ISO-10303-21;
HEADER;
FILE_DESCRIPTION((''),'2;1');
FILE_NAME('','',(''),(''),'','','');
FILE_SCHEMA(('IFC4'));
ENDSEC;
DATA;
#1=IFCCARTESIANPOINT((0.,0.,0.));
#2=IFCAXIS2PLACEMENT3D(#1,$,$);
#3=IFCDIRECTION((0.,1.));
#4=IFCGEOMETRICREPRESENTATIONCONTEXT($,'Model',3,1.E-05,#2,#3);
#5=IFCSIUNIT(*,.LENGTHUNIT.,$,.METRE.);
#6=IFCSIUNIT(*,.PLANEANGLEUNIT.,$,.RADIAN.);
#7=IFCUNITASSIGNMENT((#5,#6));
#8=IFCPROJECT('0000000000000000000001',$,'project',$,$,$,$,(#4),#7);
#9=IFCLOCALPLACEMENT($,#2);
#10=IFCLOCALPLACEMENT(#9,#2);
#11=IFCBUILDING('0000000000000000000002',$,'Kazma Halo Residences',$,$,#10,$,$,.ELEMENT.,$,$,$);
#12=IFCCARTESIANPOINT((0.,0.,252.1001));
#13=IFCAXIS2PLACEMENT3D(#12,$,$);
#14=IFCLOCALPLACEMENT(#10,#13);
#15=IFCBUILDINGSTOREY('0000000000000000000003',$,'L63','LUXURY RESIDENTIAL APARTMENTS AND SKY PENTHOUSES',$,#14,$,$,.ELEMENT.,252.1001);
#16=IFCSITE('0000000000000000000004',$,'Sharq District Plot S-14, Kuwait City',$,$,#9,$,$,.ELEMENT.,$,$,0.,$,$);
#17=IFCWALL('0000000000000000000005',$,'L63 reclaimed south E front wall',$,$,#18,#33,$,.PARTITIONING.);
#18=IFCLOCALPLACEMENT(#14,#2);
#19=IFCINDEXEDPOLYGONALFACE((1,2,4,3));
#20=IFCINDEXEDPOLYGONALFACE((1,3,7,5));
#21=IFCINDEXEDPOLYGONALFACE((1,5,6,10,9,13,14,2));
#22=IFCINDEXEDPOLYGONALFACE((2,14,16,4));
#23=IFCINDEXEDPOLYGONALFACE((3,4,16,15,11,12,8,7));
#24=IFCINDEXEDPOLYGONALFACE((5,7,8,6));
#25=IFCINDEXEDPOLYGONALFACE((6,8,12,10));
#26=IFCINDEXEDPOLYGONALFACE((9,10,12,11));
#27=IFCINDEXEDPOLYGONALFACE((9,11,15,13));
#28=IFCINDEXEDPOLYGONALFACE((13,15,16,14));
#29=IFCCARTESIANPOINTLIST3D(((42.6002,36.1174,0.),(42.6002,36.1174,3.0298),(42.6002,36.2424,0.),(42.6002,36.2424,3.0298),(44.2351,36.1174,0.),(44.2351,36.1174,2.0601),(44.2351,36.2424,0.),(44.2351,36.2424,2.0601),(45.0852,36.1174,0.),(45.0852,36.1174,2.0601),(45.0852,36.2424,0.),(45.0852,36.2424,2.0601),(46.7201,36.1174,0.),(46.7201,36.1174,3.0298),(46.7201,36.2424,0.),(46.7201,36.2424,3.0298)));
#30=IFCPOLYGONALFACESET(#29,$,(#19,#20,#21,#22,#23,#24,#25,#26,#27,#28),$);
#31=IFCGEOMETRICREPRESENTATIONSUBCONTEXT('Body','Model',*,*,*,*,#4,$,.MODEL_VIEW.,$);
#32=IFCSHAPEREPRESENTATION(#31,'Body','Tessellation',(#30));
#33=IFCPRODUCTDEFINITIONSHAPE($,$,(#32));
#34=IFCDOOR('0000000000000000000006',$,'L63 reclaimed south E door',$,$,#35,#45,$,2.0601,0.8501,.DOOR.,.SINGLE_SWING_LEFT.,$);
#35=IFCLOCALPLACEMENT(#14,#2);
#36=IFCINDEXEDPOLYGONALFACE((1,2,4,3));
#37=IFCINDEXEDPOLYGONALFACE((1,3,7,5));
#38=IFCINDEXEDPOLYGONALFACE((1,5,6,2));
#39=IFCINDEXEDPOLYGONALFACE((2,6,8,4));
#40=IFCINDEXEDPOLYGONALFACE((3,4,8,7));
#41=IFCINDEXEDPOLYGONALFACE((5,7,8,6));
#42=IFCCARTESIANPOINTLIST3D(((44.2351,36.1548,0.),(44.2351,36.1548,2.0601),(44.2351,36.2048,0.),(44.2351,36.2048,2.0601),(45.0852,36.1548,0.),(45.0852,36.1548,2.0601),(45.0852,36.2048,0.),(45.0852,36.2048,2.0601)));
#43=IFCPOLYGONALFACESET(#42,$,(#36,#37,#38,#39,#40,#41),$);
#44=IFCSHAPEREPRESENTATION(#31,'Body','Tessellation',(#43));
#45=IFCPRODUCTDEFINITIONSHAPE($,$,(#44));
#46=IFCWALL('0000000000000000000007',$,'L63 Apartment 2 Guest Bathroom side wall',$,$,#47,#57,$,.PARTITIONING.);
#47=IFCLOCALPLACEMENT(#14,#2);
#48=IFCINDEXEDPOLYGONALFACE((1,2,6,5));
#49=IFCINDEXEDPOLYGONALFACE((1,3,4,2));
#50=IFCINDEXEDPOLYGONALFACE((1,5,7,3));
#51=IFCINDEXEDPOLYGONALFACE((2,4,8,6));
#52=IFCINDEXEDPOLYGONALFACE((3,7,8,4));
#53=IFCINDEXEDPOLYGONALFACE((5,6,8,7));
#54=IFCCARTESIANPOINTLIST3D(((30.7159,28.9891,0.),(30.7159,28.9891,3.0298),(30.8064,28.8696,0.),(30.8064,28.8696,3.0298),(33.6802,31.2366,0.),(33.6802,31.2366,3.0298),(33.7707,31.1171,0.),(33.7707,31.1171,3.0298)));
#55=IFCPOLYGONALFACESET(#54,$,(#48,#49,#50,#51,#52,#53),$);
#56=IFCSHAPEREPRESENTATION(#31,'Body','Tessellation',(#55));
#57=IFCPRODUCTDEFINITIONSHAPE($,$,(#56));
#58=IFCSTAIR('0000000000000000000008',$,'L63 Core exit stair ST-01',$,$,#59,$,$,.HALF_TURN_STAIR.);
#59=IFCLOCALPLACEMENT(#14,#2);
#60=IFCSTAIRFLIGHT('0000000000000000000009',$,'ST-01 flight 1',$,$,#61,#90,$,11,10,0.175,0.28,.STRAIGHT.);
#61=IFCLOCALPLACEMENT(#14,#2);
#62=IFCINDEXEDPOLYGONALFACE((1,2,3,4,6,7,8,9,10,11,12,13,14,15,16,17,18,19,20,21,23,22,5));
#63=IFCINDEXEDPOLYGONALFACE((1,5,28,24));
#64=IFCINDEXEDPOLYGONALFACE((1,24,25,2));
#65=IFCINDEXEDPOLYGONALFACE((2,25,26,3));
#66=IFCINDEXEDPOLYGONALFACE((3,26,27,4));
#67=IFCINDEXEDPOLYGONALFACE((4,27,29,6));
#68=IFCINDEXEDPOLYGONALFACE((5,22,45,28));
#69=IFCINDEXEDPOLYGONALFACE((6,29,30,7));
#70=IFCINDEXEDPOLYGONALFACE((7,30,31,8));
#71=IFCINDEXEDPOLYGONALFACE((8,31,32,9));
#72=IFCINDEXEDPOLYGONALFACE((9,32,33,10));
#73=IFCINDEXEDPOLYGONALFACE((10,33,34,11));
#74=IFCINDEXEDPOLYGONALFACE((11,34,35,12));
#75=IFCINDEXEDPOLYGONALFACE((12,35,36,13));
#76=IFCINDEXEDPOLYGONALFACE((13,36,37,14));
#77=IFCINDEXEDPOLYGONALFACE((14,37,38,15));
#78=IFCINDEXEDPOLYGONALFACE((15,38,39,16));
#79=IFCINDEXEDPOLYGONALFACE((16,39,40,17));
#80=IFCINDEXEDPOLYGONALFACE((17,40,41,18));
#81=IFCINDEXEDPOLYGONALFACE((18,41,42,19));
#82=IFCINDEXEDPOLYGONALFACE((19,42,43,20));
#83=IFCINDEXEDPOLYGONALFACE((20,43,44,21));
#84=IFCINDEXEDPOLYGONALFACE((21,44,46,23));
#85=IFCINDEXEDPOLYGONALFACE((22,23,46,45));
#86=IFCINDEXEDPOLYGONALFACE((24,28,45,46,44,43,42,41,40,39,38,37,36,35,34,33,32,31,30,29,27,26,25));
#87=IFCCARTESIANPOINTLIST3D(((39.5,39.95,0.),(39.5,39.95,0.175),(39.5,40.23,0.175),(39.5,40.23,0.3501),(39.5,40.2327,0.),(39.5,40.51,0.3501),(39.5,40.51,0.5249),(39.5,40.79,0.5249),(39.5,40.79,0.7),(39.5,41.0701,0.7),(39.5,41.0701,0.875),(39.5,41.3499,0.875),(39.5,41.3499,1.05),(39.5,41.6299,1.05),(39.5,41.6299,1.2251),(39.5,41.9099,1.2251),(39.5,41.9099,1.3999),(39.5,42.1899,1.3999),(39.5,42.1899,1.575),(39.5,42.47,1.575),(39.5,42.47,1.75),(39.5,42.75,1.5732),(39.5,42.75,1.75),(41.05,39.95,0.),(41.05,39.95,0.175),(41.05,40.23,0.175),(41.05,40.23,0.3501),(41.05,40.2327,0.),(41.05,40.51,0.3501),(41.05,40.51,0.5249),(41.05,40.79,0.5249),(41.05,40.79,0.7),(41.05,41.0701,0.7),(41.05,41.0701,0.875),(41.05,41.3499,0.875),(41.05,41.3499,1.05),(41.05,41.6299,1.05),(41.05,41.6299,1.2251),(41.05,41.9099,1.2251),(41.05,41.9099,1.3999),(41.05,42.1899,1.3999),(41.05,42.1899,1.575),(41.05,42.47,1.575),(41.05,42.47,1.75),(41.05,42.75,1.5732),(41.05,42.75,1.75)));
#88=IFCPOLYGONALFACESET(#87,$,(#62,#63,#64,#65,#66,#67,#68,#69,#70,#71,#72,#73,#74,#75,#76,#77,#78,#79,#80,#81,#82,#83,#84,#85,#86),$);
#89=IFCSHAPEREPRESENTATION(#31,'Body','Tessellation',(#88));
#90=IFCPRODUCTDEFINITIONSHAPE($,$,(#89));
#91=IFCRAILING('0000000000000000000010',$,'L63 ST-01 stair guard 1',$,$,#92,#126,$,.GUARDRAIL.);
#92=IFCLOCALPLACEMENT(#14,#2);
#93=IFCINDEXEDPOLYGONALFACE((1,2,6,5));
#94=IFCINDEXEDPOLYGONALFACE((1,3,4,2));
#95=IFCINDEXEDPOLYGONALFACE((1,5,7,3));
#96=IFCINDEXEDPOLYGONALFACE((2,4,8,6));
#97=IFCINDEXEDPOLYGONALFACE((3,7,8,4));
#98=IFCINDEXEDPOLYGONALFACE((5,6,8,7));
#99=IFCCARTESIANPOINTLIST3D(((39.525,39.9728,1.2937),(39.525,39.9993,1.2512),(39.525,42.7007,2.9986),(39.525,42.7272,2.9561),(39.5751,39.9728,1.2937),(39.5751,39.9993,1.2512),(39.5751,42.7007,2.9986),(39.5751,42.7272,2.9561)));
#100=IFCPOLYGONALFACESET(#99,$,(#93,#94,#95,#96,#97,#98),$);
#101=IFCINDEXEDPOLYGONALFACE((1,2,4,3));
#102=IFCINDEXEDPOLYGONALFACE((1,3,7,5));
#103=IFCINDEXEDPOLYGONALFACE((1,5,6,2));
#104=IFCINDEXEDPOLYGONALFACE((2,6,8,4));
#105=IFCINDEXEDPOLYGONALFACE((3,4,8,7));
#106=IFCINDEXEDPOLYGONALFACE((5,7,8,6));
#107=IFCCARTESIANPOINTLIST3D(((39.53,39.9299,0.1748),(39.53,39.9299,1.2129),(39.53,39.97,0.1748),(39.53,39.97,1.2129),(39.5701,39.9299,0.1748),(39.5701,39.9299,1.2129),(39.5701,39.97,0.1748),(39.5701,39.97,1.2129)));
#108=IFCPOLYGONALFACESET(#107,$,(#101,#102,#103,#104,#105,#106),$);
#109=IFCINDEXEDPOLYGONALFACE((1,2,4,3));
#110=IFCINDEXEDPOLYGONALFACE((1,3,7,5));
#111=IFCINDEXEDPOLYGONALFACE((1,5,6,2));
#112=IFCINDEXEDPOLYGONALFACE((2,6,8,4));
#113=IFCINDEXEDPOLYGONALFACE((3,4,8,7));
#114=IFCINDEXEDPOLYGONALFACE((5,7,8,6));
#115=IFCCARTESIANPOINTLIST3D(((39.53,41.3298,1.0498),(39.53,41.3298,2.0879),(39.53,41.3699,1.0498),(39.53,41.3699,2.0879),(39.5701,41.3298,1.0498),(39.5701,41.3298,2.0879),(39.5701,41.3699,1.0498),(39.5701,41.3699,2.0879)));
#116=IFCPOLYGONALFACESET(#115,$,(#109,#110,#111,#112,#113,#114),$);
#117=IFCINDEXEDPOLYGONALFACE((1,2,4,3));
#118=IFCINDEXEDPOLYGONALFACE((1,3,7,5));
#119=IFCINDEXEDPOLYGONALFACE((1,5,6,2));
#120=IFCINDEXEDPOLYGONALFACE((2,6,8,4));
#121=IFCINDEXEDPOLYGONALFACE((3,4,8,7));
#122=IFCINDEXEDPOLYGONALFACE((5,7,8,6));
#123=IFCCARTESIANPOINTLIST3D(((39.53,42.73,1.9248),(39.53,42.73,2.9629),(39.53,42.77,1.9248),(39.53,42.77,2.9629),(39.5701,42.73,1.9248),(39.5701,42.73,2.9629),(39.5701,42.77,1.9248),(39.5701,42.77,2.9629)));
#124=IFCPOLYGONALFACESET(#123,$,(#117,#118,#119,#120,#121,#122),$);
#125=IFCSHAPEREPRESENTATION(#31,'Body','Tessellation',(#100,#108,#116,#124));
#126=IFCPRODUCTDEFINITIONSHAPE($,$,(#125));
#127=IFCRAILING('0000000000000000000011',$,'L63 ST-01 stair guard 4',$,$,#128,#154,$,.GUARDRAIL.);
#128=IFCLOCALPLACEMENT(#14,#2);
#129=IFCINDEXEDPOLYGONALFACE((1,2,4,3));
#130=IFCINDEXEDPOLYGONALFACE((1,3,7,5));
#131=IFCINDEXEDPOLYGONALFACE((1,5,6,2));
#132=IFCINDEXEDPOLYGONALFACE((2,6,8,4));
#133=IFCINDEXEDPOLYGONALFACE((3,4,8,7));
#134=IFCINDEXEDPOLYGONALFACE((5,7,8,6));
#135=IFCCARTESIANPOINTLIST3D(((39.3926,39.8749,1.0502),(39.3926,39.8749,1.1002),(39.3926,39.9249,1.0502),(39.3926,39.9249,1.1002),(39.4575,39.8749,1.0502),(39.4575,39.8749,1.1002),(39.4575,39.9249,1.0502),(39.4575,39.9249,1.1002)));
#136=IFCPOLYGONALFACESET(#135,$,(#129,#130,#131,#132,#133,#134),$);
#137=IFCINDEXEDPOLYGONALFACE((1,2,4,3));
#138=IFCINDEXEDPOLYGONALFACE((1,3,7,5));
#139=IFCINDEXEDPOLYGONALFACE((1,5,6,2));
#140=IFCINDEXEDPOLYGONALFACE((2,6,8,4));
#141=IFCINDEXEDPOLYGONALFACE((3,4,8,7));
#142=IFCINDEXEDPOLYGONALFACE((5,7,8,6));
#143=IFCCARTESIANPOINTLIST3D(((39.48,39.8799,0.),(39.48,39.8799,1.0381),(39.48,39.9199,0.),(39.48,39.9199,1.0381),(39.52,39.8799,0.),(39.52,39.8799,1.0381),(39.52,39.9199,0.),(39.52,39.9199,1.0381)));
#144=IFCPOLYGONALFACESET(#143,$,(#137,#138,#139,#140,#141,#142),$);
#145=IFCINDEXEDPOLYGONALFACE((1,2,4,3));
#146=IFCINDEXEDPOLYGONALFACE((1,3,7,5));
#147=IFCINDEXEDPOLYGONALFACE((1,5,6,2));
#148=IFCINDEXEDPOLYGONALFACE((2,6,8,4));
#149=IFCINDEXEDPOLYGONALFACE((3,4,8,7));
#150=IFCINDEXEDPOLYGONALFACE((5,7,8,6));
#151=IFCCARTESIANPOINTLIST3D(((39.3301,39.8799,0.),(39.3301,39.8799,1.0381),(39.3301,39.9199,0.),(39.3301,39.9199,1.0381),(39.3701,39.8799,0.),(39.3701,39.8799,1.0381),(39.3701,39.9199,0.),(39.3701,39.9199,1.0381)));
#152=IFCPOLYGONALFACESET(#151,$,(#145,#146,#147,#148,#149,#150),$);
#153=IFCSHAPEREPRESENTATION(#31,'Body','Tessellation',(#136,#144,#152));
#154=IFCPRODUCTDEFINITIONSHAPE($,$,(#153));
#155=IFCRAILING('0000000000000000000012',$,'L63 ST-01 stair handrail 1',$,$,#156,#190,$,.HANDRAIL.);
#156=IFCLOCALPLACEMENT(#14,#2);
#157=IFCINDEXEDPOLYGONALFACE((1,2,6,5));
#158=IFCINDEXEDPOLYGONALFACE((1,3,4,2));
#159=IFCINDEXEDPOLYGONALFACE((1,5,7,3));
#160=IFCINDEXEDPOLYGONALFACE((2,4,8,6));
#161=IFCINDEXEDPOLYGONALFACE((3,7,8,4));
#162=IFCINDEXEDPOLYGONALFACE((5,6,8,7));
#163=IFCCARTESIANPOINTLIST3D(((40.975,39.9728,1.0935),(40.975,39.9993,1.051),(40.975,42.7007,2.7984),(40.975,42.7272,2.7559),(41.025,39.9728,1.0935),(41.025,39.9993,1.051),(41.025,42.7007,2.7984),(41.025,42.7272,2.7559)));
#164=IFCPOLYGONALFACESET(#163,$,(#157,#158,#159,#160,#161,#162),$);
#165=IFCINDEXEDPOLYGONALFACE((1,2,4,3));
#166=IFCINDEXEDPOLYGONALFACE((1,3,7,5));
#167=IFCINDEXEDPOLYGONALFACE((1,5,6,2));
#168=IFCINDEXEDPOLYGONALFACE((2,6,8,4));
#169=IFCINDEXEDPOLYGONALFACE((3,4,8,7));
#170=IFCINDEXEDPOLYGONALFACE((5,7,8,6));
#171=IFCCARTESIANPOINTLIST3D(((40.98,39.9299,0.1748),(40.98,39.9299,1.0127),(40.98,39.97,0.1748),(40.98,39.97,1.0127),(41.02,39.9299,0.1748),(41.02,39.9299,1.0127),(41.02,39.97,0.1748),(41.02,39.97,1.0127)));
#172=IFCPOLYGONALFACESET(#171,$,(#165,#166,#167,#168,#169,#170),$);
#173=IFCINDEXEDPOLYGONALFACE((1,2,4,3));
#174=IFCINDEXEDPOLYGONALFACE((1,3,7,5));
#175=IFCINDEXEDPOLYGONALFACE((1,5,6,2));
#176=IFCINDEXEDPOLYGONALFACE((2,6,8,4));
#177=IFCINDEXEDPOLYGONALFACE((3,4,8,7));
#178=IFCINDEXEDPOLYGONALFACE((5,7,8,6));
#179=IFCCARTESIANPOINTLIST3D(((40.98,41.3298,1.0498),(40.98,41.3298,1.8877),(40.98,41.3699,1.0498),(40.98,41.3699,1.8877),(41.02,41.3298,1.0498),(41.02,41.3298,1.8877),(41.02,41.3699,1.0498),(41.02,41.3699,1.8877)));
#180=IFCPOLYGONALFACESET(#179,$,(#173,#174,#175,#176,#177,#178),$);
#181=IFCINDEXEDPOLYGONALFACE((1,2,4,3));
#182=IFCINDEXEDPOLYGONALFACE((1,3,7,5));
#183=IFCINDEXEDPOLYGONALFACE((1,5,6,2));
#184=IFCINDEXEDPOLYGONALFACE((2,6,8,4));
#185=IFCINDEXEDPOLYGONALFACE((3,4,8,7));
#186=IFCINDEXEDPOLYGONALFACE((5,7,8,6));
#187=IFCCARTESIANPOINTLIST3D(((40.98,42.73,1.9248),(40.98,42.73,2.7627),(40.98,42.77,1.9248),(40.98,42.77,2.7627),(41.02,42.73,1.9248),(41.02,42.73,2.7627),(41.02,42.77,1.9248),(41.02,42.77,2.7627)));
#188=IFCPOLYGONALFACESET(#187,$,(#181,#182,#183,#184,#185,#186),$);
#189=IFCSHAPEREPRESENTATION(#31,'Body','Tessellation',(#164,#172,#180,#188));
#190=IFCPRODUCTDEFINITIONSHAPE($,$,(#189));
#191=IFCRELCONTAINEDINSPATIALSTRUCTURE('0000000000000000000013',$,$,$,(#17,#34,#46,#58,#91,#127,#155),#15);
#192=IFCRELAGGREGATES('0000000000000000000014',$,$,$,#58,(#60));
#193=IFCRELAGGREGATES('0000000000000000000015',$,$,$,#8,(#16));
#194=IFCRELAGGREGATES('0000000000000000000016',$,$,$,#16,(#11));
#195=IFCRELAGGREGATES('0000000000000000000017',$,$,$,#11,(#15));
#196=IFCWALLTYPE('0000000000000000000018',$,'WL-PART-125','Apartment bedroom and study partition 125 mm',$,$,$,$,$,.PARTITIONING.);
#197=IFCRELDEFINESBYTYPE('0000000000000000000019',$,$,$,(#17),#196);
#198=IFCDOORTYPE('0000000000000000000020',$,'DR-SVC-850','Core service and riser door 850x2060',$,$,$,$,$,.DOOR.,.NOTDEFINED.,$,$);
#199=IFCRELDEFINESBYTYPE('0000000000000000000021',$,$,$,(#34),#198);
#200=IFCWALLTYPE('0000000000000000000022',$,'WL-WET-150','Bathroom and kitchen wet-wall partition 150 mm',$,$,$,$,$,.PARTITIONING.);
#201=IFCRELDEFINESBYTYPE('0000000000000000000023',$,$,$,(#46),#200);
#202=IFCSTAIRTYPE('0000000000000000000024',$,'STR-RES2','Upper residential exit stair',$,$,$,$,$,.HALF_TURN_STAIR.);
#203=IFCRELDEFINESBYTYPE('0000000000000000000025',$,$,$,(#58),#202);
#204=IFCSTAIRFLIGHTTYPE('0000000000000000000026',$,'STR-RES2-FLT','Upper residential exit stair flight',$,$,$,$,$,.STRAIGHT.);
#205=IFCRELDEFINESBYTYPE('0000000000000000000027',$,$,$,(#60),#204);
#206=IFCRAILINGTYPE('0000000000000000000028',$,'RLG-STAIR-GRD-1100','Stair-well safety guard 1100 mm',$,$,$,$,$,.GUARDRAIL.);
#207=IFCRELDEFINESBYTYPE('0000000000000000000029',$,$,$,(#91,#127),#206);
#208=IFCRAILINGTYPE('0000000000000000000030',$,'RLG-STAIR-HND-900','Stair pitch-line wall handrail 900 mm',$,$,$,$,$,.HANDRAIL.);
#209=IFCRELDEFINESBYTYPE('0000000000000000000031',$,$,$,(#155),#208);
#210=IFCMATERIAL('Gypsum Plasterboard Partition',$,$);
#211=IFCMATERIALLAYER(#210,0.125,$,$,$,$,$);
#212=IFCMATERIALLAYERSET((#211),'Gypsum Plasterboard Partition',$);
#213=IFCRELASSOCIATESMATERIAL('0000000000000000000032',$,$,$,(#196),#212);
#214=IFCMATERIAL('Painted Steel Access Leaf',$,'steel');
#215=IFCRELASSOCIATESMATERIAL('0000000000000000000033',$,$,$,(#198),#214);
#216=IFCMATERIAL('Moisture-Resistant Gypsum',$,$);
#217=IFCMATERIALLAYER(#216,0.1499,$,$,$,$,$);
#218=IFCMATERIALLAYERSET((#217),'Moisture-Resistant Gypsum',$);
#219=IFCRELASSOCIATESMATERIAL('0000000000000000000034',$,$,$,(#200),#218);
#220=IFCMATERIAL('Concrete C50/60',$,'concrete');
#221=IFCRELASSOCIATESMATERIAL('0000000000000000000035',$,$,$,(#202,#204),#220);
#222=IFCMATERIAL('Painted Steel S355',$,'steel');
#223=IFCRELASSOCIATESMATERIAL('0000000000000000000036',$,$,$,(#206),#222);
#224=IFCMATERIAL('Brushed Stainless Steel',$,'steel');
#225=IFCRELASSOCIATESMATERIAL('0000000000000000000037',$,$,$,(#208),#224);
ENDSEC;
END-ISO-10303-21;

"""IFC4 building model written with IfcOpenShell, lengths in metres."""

from ifc_helpers import new_model, si_unit, direction, frame, frame_2d, origin, origin_2d, place, context, subcontext, project, spatial, polyline, rectangle, outline, extrude, material, layer, layer_set, type_object, element, fill, aggregate, save


model = new_model("IFC4")

# Units and contexts
model_context = context("Model", 3, precision=1e-05, world=origin(), true_north=direction((0.0, 1.0)))
body_context = subcontext(model_context, "Body", "Model", "MODEL_VIEW")
ifc_project = project(units=[si_unit("LENGTHUNIT", "METRE"), si_unit("PLANEANGLEUNIT", "RADIAN")], contexts=[model_context])

# Site, building, storey
site_placement = place(None, origin())
site = spatial("IfcSite", under=ifc_project, at=site_placement, Name="Sharq District Plot S-14, Kuwait City", CompositionType="ELEMENT", RefElevation=0.0)
building_placement = place(site_placement, origin())
building = spatial("IfcBuilding", under=site, at=building_placement, Name="Kazma Halo Residences", CompositionType="ELEMENT")
storey_placement = place(building_placement, frame((0.0, 0.0, 252.1001)))
storey = spatial("IfcBuildingStorey", under=building, at=storey_placement, Name="L63", Description="LUXURY RESIDENTIAL APARTMENTS AND SKY PENTHOUSES", CompositionType="ELEMENT", Elevation=252.1001)

# Shared definitions
ifc_material_1 = material(Name="Gypsum Plasterboard Partition")
ifc_layer_1 = layer(ifc_material_1, 0.125)
ifc_layer_set_1 = layer_set([ifc_layer_1], Name="Gypsum Plasterboard Partition")
wall_type_1 = type_object("IfcWallType", Name="WL-PART-125", Description="Apartment bedroom and study partition 125 mm", PredefinedType="PARTITIONING", material=ifc_layer_set_1)

# Wall, opening, door
ifc_material_2 = material(Name="Painted Steel Access Leaf", Category="steel")
door_type_1 = type_object("IfcDoorType", Name="DR-SVC-850", Description="Core service and riser door 850x2060", OperationType="NOTDEFINED", PredefinedType="DOOR", material=ifc_material_2)
wall_1_placement = place(storey_placement, frame((42.6001, 36.1799, 0.0), z_axis=(0.0, 0.0, 1.0), x_axis=(1.0, 0.0, 0.0)))
wall_1 = element("IfcWall", 1, at=wall_1_placement, inside=storey, type_object=wall_type_1, Name="L63 reclaimed south E front wall", PredefinedType="PARTITIONING", context=body_context, shape_type="SweptSolid", body=[
    extrude(rectangle(XDim=4.1199, YDim=0.125, at=frame_2d((2.0601, 0.0))), origin(), (0.0, 0.0, 1.0), 3.0298),
])
opening_1_placement = place(wall_1_placement, frame((1.635, 0.0, 0.0)))
opening_1 = element("IfcOpeningElement", 2, at=opening_1_placement, cuts=wall_1, PredefinedType="OPENING", context=body_context, shape_type="SweptSolid", body=[
    extrude(rectangle(XDim=0.8501, YDim=2.0601, at=frame_2d((0.425, 1.03))), frame((0.0, 0.0725, 0.0), z_axis=(0.0, -1.0, 0.0), x_axis=(1.0, 0.0, 0.0)), (0.0, 0.0, 1.0), 0.145),
])
door_1_placement = place(opening_1_placement, origin())
door_1 = element("IfcDoor", 3, at=door_1_placement, inside=storey, type_object=door_type_1, Name="L63 reclaimed south E door", OperationType="SINGLE_SWING_LEFT", OverallHeight=2.0601, OverallWidth=0.8501, PredefinedType="DOOR", context=body_context, shape_type="SweptSolid", body=[
    extrude(rectangle(XDim=0.8501, YDim=2.0601, at=frame_2d((0.425, 1.03))), frame((0.0, 0.0249, 0.0), z_axis=(0.0, -1.0, 0.0), x_axis=(1.0, 0.0, 0.0)), (0.0, 0.0, 1.0), 0.05),
])
fill(opening_1, door_1)
ifc_material_3 = material(Name="Concrete C50/60", Category="concrete")

# Wall
ifc_material_4 = material(Name="Moisture-Resistant Gypsum")
ifc_layer_2 = layer(ifc_material_4, 0.1499)
ifc_layer_set_2 = layer_set([ifc_layer_2], Name="Moisture-Resistant Gypsum")
wall_type_2 = type_object("IfcWallType", Name="WL-WET-150", Description="Bathroom and kitchen wet-wall partition 150 mm", PredefinedType="PARTITIONING", material=ifc_layer_set_2)
wall_2_placement = place(storey_placement, frame((33.7253, 31.1768, 0.0), z_axis=(0.0, 0.0, 1.0), x_axis=(-0.796855, -0.604171, 0.0)))
element("IfcWall", 4, at=wall_2_placement, inside=storey, type_object=wall_type_2, Name="L63 Apartment 2 Guest Bathroom side wall", PredefinedType="PARTITIONING", context=body_context, shape_type="SweptSolid", body=[
    extrude(rectangle(XDim=3.72, YDim=0.1499, at=frame_2d((1.8599, 0.0))), origin(), (0.0, 0.0, 1.0), 3.0298),
])

# Stair, stair flight
stair_type = type_object("IfcStairType", Name="STR-RES2", Description="Upper residential exit stair", PredefinedType="HALF_TURN_STAIR", material=ifc_material_3)
stair_placement = place(storey_placement, origin())
stair = element("IfcStair", 5, at=stair_placement, inside=storey, type_object=stair_type, Name="L63 Core exit stair ST-01", PredefinedType="HALF_TURN_STAIR")
stair_flight_type = type_object("IfcStairFlightType", Name="STR-RES2-FLT", Description="Upper residential exit stair flight", PredefinedType="STRAIGHT", material=ifc_material_3)
stair_flight_placement = place(storey_placement, frame((40.2749, 39.95, 0.0), z_axis=(0.0, 0.0, 1.0), x_axis=(0.0, 1.0, 0.0)))
stair_flight = element("IfcStairFlight", 6, at=stair_flight_placement, type_object=stair_flight_type, Name="ST-01 flight 1", NumberOfRisers=11, NumberOfTreads=10, PredefinedType="STRAIGHT", RiserHeight=0.175, TreadLength=0.28, context=body_context, shape_type="SweptSolid", body=[
    extrude(outline(polyline([(0.0, 0.0), (0.0, 0.175), (0.28, 0.175), (0.28, 0.3501), (0.5601, 0.3501), (0.5601, 0.5249), (0.8401, 0.5249), (0.8401, 0.7), (1.1201, 0.7), (1.1201, 0.875), (1.3999, 0.875), (1.3999, 1.05), (1.6799, 1.05), (1.6799, 1.2251), (1.96, 1.2251), (1.96, 1.3999), (2.24, 1.3999), (2.24, 1.575), (2.52, 1.575), (2.52, 1.75), (2.8, 1.75), (2.8, 1.925), (2.8, 1.5732), (0.2827, 0.0), (0.0, 0.0)])), frame((0.0, 0.7749, 0.0), z_axis=(0.0, -1.0, 0.0), x_axis=(1.0, 0.0, 0.0)), (0.0, 0.0, 1.0), 1.55),
])
aggregate(stair, [stair_flight])

# Railings
ifc_material_5 = material(Name="Painted Steel S355", Category="steel")
railing_type_1 = type_object("IfcRailingType", Name="RLG-STAIR-GRD-1100", Description="Stair-well safety guard 1100 mm", PredefinedType="GUARDRAIL", material=ifc_material_5)
railing_1_placement = place(storey_placement, frame((39.55, 39.95, 0.1748)))
element("IfcRailing", 7, at=railing_1_placement, inside=storey, type_object=railing_type_1, Name="L63 ST-01 stair guard 1", PredefinedType="GUARDRAIL", context=body_context, shape_type="SweptSolid", body=[
    extrude(rectangle(XDim=0.05, YDim=0.05, at=origin_2d()), frame((0.0, 0.0361, 1.0977), z_axis=(0.0, 0.848002, 0.529992), x_axis=(-1.0, 0.0, 0.0)), (0.0, 0.0, 1.0), 3.2168),
    extrude(rectangle(XDim=0.04, YDim=0.04, at=origin_2d()), origin(), (0.0, 0.0, 1.0), 1.0381),
    extrude(rectangle(XDim=0.04, YDim=0.04, at=origin_2d()), frame((0.0, 1.3999, 0.875)), (0.0, 0.0, 1.0), 1.0381),
    extrude(rectangle(XDim=0.04, YDim=0.04, at=origin_2d()), frame((0.0, 2.8, 1.75)), (0.0, 0.0, 1.0), 1.0381),
])
railing_2_placement = place(storey_placement, frame((39.5, 39.8999, 0.0)))
element("IfcRailing", 8, at=railing_2_placement, inside=storey, type_object=railing_type_1, Name="L63 ST-01 stair guard 4", PredefinedType="GUARDRAIL", context=body_context, shape_type="SweptSolid", body=[
    extrude(rectangle(XDim=0.05, YDim=0.05, at=origin_2d()), frame((-0.0425, 0.0, 1.0752), z_axis=(-1.0, 0.0, 0.0), x_axis=(0.0, -1.0, 0.0)), (0.0, 0.0, 1.0), 0.0649),
    extrude(rectangle(XDim=0.04, YDim=0.04, at=origin_2d()), origin(), (0.0, 0.0, 1.0), 1.0381),
    extrude(rectangle(XDim=0.04, YDim=0.04, at=origin_2d()), frame((-0.1499, 0.0, 0.0)), (0.0, 0.0, 1.0), 1.0381),
])
ifc_material_6 = material(Name="Brushed Stainless Steel", Category="steel")
railing_type_2 = type_object("IfcRailingType", Name="RLG-STAIR-HND-900", Description="Stair pitch-line wall handrail 900 mm", PredefinedType="HANDRAIL", material=ifc_material_6)
railing_3_placement = place(storey_placement, frame((41.0, 39.95, 0.1748)))
element("IfcRailing", 9, at=railing_3_placement, inside=storey, type_object=railing_type_2, Name="L63 ST-01 stair handrail 1", PredefinedType="HANDRAIL", context=body_context, shape_type="SweptSolid", body=[
    extrude(rectangle(XDim=0.05, YDim=0.05, at=origin_2d()), frame((0.0, 0.0361, 0.8975), z_axis=(0.0, 0.848002, 0.529992), x_axis=(-1.0, 0.0, 0.0)), (0.0, 0.0, 1.0), 3.2168),
    extrude(rectangle(XDim=0.04, YDim=0.04, at=origin_2d()), origin(), (0.0, 0.0, 1.0), 0.8379),
    extrude(rectangle(XDim=0.04, YDim=0.04, at=origin_2d()), frame((0.0, 1.3999, 0.875)), (0.0, 0.0, 1.0), 0.8379),
    extrude(rectangle(XDim=0.04, YDim=0.04, at=origin_2d()), frame((0.0, 2.8, 1.75)), (0.0, 0.0, 1.0), 0.8379),
])

save(model, "model.ifc")
